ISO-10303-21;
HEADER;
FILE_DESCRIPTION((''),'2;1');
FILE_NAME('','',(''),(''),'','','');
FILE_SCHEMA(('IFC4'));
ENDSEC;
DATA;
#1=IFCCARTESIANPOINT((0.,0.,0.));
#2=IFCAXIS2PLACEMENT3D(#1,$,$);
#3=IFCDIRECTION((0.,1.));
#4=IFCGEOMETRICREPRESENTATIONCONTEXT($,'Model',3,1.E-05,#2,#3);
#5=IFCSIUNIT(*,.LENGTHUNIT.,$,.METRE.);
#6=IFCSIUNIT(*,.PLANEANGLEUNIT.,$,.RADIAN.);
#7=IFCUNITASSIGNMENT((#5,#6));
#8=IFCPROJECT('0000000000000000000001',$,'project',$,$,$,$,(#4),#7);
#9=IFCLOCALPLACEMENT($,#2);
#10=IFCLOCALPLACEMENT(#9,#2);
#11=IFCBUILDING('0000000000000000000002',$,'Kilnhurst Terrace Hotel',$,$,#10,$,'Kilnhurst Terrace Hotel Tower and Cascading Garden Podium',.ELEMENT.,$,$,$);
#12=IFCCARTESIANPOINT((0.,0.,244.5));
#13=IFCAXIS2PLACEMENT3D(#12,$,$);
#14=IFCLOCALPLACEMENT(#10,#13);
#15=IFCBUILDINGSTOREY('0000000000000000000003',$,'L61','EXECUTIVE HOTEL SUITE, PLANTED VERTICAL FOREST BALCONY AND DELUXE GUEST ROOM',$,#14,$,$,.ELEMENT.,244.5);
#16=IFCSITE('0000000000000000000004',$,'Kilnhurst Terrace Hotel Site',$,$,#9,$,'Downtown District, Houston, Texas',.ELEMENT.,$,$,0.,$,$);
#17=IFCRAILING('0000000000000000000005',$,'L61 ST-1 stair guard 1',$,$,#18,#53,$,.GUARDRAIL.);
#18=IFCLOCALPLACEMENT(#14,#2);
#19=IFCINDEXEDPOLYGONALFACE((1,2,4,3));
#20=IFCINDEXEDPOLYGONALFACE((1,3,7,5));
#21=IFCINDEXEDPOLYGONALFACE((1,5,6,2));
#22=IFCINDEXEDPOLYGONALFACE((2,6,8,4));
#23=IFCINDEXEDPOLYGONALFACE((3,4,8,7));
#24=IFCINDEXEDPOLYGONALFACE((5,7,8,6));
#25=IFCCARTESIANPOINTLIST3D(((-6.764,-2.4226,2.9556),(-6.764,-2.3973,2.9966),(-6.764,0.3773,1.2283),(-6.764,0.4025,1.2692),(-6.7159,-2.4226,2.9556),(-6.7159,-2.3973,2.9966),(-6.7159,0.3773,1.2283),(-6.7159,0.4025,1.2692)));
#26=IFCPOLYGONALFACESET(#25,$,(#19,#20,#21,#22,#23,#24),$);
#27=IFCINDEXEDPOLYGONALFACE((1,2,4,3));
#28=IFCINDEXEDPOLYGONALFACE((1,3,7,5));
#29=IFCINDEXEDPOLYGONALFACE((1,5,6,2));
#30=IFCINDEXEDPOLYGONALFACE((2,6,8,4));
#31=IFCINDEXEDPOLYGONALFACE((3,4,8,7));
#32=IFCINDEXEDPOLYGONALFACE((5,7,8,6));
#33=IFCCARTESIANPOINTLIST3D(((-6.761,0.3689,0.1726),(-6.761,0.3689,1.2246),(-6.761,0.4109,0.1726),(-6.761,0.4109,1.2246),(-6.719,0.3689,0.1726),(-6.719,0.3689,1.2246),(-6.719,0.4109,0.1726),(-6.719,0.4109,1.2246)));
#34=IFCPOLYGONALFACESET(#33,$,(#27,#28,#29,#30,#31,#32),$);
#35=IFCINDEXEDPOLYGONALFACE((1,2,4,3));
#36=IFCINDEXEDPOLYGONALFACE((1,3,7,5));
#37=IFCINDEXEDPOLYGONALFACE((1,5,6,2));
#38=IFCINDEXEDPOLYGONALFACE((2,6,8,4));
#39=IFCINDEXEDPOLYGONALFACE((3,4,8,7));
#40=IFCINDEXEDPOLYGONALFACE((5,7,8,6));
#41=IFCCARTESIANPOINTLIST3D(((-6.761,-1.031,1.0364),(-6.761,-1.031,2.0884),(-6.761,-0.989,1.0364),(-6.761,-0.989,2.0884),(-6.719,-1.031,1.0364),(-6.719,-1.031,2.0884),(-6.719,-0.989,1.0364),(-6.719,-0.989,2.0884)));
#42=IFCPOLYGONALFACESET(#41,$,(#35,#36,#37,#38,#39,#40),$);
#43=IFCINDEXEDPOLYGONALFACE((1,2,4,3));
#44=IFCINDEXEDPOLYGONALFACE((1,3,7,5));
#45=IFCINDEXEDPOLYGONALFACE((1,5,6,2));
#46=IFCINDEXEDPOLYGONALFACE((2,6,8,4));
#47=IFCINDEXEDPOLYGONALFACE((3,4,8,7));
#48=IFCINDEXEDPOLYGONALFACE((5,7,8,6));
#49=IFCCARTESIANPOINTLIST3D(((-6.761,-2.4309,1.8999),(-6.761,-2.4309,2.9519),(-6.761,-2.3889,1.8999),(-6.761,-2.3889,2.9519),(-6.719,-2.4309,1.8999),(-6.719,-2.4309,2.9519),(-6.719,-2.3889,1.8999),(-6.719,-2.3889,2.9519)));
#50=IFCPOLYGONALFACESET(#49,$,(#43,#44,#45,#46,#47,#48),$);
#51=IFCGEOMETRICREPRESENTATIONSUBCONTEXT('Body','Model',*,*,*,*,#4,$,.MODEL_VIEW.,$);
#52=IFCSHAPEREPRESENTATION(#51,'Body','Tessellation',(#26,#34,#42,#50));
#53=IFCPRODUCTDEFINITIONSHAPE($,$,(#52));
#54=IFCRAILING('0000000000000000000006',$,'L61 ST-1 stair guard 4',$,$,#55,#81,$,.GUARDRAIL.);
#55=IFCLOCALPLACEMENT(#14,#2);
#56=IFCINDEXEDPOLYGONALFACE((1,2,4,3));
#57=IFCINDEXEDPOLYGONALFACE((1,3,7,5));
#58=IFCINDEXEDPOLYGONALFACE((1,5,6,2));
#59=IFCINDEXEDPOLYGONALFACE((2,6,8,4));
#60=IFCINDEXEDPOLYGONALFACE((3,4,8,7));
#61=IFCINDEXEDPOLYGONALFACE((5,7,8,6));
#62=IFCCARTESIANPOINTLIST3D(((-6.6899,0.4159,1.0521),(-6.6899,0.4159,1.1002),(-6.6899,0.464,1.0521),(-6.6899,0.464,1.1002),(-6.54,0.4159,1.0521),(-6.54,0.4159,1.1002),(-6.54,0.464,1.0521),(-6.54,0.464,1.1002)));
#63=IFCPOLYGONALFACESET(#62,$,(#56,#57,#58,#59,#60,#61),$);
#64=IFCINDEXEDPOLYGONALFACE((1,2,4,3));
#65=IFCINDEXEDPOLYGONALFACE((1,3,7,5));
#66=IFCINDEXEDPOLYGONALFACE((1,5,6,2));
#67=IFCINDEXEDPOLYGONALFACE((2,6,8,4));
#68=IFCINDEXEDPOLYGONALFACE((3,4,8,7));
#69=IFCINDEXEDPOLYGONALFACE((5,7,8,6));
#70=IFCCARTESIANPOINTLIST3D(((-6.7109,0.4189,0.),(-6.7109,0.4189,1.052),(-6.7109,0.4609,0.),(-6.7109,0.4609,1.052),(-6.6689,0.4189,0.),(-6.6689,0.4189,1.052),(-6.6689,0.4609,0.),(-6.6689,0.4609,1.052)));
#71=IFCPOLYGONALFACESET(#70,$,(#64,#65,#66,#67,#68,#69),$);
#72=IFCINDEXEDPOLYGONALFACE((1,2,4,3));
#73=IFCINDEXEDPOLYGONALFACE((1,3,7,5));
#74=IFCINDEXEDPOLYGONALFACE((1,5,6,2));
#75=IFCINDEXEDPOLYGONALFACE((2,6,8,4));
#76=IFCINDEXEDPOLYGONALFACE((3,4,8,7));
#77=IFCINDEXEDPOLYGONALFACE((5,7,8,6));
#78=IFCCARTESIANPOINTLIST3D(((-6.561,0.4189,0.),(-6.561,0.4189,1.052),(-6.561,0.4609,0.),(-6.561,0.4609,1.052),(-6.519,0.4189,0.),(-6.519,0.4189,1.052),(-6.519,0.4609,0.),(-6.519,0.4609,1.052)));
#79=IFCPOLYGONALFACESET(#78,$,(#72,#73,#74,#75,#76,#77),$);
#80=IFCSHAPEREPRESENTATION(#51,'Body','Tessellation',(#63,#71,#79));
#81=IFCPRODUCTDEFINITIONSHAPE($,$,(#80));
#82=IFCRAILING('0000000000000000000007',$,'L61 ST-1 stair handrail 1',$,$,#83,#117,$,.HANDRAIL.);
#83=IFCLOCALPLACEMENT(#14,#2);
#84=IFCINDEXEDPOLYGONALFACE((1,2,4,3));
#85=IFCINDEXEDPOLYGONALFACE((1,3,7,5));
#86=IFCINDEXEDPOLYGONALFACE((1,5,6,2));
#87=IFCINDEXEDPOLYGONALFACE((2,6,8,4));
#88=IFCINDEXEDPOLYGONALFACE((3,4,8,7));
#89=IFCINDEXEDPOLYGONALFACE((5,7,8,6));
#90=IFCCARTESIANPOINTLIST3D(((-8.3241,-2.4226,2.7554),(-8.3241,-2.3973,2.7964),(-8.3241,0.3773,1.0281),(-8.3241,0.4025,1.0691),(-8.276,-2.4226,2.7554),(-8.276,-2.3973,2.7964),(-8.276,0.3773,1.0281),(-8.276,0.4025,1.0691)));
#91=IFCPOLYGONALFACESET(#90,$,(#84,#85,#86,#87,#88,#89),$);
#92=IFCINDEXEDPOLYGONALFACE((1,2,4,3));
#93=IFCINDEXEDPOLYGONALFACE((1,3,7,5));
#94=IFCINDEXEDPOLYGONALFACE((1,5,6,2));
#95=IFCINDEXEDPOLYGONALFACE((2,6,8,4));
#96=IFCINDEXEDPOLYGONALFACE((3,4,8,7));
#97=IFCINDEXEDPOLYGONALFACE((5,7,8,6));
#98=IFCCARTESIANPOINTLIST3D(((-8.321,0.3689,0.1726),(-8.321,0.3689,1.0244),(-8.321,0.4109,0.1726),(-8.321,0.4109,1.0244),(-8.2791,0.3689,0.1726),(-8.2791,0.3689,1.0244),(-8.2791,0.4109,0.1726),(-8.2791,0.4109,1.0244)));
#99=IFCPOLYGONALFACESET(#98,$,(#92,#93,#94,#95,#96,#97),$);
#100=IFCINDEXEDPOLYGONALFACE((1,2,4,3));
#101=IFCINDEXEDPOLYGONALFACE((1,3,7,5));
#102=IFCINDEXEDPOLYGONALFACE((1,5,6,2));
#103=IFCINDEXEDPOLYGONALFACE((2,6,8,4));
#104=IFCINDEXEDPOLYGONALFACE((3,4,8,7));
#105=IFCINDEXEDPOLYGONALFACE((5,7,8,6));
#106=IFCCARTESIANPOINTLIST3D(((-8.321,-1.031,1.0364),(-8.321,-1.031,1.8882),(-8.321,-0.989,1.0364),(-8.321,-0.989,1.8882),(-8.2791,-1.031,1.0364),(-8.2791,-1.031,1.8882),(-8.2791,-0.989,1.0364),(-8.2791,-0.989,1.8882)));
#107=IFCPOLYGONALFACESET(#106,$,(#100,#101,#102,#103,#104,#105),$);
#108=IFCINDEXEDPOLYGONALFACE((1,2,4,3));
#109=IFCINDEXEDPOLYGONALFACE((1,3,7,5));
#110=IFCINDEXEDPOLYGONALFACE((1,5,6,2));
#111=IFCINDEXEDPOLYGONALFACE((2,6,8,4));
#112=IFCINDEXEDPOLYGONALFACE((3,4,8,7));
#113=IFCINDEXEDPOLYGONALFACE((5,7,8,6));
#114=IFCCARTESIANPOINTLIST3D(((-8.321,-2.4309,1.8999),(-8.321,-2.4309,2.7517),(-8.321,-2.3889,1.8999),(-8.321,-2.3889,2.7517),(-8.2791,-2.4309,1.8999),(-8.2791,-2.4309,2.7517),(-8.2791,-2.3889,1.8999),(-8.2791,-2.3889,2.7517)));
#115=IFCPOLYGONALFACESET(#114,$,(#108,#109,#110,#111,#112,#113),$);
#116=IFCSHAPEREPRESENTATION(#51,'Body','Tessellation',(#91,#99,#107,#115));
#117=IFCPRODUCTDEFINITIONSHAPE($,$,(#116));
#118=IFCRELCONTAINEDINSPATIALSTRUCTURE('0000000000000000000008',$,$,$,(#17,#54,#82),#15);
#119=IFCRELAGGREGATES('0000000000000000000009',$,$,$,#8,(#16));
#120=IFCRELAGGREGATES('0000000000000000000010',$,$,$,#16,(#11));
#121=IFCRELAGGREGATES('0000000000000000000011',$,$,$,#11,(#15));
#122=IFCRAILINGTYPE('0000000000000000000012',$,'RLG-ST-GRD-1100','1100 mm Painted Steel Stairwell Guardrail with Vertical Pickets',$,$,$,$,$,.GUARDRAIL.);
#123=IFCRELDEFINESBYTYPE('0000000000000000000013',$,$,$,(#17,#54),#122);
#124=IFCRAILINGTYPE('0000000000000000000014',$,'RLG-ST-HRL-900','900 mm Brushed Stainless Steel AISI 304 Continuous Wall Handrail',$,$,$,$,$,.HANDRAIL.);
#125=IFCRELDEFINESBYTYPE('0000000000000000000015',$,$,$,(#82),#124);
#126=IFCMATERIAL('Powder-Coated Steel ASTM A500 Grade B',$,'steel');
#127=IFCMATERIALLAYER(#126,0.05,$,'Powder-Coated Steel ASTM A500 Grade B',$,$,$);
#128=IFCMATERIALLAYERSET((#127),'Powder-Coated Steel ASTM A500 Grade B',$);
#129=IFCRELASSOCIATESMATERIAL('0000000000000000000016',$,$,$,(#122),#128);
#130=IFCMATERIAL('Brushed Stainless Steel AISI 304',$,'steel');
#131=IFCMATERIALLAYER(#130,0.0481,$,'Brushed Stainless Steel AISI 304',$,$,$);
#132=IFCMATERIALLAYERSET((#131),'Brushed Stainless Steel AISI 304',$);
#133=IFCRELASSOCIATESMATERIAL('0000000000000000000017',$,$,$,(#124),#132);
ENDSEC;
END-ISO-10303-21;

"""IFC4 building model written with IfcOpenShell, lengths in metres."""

from ifc_helpers import new_model, si_unit, direction, frame, origin, origin_2d, place, context, subcontext, project, spatial, rectangle, extrude, material, layer, layer_set, type_object, element, save


model = new_model("IFC4")

# Units and contexts
model_context = context("Model", 3, precision=1e-05, world=origin(), true_north=direction((0.0, 1.0)))
body_context = subcontext(model_context, "Body", "Model", "MODEL_VIEW")
ifc_project = project(units=[si_unit("LENGTHUNIT", "METRE"), si_unit("PLANEANGLEUNIT", "RADIAN")], contexts=[model_context])

# Site, building, storey
site_placement = place(None, origin())
site = spatial("IfcSite", under=ifc_project, at=site_placement, Name="Kilnhurst Terrace Hotel Site", LongName="Downtown District, Houston, Texas", CompositionType="ELEMENT", RefElevation=0.0)
building_placement = place(site_placement, origin())
building = spatial("IfcBuilding", under=site, at=building_placement, Name="Kilnhurst Terrace Hotel", LongName="Kilnhurst Terrace Hotel Tower and Cascading Garden Podium", CompositionType="ELEMENT")
storey_placement = place(building_placement, frame((0.0, 0.0, 244.5)))
storey = spatial("IfcBuildingStorey", under=building, at=storey_placement, Name="L61", Description="EXECUTIVE HOTEL SUITE, PLANTED VERTICAL FOREST BALCONY AND DELUXE GUEST ROOM", CompositionType="ELEMENT", Elevation=244.5)

# Railings
ifc_material_1 = material(Name="Powder-Coated Steel ASTM A500 Grade B", Category="steel")
ifc_layer_1 = layer(ifc_material_1, 0.05, Name="Powder-Coated Steel ASTM A500 Grade B")
ifc_layer_set_1 = layer_set([ifc_layer_1], Name="Powder-Coated Steel ASTM A500 Grade B")
railing_type_1 = type_object("IfcRailingType", Name="RLG-ST-GRD-1100", Description="1100 mm Painted Steel Stairwell Guardrail with Vertical Pickets", PredefinedType="GUARDRAIL", material=ifc_layer_set_1)
railing_1_placement = place(storey_placement, frame((-6.74, 0.3899, 0.1726)))
element("IfcRailing", 1, at=railing_1_placement, inside=storey, type_object=railing_type_1, Name="L61 ST-1 stair guard 1", PredefinedType="GUARDRAIL", context=body_context, shape_type="SweptSolid", body=[
    extrude(rectangle(XDim=0.0481, YDim=0.0481, at=origin_2d()), frame((0.0, 0.0, 1.0762), z_axis=(0.0, -0.851069, 0.525054), x_axis=(1.0, 0.0, 0.0)), (0.0, 0.0, 1.0), 3.2898),
    extrude(rectangle(XDim=0.042, YDim=0.042, at=origin_2d()), origin(), (0.0, 0.0, 1.0), 1.052),
    extrude(rectangle(XDim=0.042, YDim=0.042, at=origin_2d()), frame((0.0, -1.3999, 0.8638)), (0.0, 0.0, 1.0), 1.052),
    extrude(rectangle(XDim=0.042, YDim=0.042, at=origin_2d()), frame((0.0, -2.7998, 1.7273)), (0.0, 0.0, 1.0), 1.052),
])
railing_2_placement = place(storey_placement, frame((-6.6899, 0.4399, 0.0)))
element("IfcRailing", 2, at=railing_2_placement, inside=storey, type_object=railing_type_1, Name="L61 ST-1 stair guard 4", PredefinedType="GUARDRAIL", context=body_context, shape_type="SweptSolid", body=[
    extrude(rectangle(XDim=0.0481, YDim=0.0481, at=origin_2d()), frame((0.0, 0.0, 1.0762), z_axis=(1.0, 0.0, 0.0), x_axis=(0.0, 1.0, 0.0)), (0.0, 0.0, 1.0), 0.1499),
    extrude(rectangle(XDim=0.042, YDim=0.042, at=origin_2d()), origin(), (0.0, 0.0, 1.0), 1.052),
    extrude(rectangle(XDim=0.042, YDim=0.042, at=origin_2d()), frame((0.1499, 0.0, 0.0)), (0.0, 0.0, 1.0), 1.052),
])
ifc_material_2 = material(Name="Brushed Stainless Steel AISI 304", Category="steel")
ifc_layer_2 = layer(ifc_material_2, 0.0481, Name="Brushed Stainless Steel AISI 304")
ifc_layer_set_2 = layer_set([ifc_layer_2], Name="Brushed Stainless Steel AISI 304")
railing_type_2 = type_object("IfcRailingType", Name="RLG-ST-HRL-900", Description="900 mm Brushed Stainless Steel AISI 304 Continuous Wall Handrail", PredefinedType="HANDRAIL", material=ifc_layer_set_2)
railing_3_placement = place(storey_placement, frame((-8.3, 0.3899, 0.1726)))
element("IfcRailing", 3, at=railing_3_placement, inside=storey, type_object=railing_type_2, Name="L61 ST-1 stair handrail 1", PredefinedType="HANDRAIL", context=body_context, shape_type="SweptSolid", body=[
    extrude(rectangle(XDim=0.0481, YDim=0.0481, at=origin_2d()), frame((0.0, 0.0, 0.876), z_axis=(0.0, -0.851069, 0.525054), x_axis=(1.0, 0.0, 0.0)), (0.0, 0.0, 1.0), 3.2898),
    extrude(rectangle(XDim=0.042, YDim=0.042, at=origin_2d()), origin(), (0.0, 0.0, 1.0), 0.8518),
    extrude(rectangle(XDim=0.042, YDim=0.042, at=origin_2d()), frame((0.0, -1.3999, 0.8638)), (0.0, 0.0, 1.0), 0.8518),
    extrude(rectangle(XDim=0.042, YDim=0.042, at=origin_2d()), frame((0.0, -2.7998, 1.7273)), (0.0, 0.0, 1.0), 0.8518),
])

save(model, "model.ifc")
